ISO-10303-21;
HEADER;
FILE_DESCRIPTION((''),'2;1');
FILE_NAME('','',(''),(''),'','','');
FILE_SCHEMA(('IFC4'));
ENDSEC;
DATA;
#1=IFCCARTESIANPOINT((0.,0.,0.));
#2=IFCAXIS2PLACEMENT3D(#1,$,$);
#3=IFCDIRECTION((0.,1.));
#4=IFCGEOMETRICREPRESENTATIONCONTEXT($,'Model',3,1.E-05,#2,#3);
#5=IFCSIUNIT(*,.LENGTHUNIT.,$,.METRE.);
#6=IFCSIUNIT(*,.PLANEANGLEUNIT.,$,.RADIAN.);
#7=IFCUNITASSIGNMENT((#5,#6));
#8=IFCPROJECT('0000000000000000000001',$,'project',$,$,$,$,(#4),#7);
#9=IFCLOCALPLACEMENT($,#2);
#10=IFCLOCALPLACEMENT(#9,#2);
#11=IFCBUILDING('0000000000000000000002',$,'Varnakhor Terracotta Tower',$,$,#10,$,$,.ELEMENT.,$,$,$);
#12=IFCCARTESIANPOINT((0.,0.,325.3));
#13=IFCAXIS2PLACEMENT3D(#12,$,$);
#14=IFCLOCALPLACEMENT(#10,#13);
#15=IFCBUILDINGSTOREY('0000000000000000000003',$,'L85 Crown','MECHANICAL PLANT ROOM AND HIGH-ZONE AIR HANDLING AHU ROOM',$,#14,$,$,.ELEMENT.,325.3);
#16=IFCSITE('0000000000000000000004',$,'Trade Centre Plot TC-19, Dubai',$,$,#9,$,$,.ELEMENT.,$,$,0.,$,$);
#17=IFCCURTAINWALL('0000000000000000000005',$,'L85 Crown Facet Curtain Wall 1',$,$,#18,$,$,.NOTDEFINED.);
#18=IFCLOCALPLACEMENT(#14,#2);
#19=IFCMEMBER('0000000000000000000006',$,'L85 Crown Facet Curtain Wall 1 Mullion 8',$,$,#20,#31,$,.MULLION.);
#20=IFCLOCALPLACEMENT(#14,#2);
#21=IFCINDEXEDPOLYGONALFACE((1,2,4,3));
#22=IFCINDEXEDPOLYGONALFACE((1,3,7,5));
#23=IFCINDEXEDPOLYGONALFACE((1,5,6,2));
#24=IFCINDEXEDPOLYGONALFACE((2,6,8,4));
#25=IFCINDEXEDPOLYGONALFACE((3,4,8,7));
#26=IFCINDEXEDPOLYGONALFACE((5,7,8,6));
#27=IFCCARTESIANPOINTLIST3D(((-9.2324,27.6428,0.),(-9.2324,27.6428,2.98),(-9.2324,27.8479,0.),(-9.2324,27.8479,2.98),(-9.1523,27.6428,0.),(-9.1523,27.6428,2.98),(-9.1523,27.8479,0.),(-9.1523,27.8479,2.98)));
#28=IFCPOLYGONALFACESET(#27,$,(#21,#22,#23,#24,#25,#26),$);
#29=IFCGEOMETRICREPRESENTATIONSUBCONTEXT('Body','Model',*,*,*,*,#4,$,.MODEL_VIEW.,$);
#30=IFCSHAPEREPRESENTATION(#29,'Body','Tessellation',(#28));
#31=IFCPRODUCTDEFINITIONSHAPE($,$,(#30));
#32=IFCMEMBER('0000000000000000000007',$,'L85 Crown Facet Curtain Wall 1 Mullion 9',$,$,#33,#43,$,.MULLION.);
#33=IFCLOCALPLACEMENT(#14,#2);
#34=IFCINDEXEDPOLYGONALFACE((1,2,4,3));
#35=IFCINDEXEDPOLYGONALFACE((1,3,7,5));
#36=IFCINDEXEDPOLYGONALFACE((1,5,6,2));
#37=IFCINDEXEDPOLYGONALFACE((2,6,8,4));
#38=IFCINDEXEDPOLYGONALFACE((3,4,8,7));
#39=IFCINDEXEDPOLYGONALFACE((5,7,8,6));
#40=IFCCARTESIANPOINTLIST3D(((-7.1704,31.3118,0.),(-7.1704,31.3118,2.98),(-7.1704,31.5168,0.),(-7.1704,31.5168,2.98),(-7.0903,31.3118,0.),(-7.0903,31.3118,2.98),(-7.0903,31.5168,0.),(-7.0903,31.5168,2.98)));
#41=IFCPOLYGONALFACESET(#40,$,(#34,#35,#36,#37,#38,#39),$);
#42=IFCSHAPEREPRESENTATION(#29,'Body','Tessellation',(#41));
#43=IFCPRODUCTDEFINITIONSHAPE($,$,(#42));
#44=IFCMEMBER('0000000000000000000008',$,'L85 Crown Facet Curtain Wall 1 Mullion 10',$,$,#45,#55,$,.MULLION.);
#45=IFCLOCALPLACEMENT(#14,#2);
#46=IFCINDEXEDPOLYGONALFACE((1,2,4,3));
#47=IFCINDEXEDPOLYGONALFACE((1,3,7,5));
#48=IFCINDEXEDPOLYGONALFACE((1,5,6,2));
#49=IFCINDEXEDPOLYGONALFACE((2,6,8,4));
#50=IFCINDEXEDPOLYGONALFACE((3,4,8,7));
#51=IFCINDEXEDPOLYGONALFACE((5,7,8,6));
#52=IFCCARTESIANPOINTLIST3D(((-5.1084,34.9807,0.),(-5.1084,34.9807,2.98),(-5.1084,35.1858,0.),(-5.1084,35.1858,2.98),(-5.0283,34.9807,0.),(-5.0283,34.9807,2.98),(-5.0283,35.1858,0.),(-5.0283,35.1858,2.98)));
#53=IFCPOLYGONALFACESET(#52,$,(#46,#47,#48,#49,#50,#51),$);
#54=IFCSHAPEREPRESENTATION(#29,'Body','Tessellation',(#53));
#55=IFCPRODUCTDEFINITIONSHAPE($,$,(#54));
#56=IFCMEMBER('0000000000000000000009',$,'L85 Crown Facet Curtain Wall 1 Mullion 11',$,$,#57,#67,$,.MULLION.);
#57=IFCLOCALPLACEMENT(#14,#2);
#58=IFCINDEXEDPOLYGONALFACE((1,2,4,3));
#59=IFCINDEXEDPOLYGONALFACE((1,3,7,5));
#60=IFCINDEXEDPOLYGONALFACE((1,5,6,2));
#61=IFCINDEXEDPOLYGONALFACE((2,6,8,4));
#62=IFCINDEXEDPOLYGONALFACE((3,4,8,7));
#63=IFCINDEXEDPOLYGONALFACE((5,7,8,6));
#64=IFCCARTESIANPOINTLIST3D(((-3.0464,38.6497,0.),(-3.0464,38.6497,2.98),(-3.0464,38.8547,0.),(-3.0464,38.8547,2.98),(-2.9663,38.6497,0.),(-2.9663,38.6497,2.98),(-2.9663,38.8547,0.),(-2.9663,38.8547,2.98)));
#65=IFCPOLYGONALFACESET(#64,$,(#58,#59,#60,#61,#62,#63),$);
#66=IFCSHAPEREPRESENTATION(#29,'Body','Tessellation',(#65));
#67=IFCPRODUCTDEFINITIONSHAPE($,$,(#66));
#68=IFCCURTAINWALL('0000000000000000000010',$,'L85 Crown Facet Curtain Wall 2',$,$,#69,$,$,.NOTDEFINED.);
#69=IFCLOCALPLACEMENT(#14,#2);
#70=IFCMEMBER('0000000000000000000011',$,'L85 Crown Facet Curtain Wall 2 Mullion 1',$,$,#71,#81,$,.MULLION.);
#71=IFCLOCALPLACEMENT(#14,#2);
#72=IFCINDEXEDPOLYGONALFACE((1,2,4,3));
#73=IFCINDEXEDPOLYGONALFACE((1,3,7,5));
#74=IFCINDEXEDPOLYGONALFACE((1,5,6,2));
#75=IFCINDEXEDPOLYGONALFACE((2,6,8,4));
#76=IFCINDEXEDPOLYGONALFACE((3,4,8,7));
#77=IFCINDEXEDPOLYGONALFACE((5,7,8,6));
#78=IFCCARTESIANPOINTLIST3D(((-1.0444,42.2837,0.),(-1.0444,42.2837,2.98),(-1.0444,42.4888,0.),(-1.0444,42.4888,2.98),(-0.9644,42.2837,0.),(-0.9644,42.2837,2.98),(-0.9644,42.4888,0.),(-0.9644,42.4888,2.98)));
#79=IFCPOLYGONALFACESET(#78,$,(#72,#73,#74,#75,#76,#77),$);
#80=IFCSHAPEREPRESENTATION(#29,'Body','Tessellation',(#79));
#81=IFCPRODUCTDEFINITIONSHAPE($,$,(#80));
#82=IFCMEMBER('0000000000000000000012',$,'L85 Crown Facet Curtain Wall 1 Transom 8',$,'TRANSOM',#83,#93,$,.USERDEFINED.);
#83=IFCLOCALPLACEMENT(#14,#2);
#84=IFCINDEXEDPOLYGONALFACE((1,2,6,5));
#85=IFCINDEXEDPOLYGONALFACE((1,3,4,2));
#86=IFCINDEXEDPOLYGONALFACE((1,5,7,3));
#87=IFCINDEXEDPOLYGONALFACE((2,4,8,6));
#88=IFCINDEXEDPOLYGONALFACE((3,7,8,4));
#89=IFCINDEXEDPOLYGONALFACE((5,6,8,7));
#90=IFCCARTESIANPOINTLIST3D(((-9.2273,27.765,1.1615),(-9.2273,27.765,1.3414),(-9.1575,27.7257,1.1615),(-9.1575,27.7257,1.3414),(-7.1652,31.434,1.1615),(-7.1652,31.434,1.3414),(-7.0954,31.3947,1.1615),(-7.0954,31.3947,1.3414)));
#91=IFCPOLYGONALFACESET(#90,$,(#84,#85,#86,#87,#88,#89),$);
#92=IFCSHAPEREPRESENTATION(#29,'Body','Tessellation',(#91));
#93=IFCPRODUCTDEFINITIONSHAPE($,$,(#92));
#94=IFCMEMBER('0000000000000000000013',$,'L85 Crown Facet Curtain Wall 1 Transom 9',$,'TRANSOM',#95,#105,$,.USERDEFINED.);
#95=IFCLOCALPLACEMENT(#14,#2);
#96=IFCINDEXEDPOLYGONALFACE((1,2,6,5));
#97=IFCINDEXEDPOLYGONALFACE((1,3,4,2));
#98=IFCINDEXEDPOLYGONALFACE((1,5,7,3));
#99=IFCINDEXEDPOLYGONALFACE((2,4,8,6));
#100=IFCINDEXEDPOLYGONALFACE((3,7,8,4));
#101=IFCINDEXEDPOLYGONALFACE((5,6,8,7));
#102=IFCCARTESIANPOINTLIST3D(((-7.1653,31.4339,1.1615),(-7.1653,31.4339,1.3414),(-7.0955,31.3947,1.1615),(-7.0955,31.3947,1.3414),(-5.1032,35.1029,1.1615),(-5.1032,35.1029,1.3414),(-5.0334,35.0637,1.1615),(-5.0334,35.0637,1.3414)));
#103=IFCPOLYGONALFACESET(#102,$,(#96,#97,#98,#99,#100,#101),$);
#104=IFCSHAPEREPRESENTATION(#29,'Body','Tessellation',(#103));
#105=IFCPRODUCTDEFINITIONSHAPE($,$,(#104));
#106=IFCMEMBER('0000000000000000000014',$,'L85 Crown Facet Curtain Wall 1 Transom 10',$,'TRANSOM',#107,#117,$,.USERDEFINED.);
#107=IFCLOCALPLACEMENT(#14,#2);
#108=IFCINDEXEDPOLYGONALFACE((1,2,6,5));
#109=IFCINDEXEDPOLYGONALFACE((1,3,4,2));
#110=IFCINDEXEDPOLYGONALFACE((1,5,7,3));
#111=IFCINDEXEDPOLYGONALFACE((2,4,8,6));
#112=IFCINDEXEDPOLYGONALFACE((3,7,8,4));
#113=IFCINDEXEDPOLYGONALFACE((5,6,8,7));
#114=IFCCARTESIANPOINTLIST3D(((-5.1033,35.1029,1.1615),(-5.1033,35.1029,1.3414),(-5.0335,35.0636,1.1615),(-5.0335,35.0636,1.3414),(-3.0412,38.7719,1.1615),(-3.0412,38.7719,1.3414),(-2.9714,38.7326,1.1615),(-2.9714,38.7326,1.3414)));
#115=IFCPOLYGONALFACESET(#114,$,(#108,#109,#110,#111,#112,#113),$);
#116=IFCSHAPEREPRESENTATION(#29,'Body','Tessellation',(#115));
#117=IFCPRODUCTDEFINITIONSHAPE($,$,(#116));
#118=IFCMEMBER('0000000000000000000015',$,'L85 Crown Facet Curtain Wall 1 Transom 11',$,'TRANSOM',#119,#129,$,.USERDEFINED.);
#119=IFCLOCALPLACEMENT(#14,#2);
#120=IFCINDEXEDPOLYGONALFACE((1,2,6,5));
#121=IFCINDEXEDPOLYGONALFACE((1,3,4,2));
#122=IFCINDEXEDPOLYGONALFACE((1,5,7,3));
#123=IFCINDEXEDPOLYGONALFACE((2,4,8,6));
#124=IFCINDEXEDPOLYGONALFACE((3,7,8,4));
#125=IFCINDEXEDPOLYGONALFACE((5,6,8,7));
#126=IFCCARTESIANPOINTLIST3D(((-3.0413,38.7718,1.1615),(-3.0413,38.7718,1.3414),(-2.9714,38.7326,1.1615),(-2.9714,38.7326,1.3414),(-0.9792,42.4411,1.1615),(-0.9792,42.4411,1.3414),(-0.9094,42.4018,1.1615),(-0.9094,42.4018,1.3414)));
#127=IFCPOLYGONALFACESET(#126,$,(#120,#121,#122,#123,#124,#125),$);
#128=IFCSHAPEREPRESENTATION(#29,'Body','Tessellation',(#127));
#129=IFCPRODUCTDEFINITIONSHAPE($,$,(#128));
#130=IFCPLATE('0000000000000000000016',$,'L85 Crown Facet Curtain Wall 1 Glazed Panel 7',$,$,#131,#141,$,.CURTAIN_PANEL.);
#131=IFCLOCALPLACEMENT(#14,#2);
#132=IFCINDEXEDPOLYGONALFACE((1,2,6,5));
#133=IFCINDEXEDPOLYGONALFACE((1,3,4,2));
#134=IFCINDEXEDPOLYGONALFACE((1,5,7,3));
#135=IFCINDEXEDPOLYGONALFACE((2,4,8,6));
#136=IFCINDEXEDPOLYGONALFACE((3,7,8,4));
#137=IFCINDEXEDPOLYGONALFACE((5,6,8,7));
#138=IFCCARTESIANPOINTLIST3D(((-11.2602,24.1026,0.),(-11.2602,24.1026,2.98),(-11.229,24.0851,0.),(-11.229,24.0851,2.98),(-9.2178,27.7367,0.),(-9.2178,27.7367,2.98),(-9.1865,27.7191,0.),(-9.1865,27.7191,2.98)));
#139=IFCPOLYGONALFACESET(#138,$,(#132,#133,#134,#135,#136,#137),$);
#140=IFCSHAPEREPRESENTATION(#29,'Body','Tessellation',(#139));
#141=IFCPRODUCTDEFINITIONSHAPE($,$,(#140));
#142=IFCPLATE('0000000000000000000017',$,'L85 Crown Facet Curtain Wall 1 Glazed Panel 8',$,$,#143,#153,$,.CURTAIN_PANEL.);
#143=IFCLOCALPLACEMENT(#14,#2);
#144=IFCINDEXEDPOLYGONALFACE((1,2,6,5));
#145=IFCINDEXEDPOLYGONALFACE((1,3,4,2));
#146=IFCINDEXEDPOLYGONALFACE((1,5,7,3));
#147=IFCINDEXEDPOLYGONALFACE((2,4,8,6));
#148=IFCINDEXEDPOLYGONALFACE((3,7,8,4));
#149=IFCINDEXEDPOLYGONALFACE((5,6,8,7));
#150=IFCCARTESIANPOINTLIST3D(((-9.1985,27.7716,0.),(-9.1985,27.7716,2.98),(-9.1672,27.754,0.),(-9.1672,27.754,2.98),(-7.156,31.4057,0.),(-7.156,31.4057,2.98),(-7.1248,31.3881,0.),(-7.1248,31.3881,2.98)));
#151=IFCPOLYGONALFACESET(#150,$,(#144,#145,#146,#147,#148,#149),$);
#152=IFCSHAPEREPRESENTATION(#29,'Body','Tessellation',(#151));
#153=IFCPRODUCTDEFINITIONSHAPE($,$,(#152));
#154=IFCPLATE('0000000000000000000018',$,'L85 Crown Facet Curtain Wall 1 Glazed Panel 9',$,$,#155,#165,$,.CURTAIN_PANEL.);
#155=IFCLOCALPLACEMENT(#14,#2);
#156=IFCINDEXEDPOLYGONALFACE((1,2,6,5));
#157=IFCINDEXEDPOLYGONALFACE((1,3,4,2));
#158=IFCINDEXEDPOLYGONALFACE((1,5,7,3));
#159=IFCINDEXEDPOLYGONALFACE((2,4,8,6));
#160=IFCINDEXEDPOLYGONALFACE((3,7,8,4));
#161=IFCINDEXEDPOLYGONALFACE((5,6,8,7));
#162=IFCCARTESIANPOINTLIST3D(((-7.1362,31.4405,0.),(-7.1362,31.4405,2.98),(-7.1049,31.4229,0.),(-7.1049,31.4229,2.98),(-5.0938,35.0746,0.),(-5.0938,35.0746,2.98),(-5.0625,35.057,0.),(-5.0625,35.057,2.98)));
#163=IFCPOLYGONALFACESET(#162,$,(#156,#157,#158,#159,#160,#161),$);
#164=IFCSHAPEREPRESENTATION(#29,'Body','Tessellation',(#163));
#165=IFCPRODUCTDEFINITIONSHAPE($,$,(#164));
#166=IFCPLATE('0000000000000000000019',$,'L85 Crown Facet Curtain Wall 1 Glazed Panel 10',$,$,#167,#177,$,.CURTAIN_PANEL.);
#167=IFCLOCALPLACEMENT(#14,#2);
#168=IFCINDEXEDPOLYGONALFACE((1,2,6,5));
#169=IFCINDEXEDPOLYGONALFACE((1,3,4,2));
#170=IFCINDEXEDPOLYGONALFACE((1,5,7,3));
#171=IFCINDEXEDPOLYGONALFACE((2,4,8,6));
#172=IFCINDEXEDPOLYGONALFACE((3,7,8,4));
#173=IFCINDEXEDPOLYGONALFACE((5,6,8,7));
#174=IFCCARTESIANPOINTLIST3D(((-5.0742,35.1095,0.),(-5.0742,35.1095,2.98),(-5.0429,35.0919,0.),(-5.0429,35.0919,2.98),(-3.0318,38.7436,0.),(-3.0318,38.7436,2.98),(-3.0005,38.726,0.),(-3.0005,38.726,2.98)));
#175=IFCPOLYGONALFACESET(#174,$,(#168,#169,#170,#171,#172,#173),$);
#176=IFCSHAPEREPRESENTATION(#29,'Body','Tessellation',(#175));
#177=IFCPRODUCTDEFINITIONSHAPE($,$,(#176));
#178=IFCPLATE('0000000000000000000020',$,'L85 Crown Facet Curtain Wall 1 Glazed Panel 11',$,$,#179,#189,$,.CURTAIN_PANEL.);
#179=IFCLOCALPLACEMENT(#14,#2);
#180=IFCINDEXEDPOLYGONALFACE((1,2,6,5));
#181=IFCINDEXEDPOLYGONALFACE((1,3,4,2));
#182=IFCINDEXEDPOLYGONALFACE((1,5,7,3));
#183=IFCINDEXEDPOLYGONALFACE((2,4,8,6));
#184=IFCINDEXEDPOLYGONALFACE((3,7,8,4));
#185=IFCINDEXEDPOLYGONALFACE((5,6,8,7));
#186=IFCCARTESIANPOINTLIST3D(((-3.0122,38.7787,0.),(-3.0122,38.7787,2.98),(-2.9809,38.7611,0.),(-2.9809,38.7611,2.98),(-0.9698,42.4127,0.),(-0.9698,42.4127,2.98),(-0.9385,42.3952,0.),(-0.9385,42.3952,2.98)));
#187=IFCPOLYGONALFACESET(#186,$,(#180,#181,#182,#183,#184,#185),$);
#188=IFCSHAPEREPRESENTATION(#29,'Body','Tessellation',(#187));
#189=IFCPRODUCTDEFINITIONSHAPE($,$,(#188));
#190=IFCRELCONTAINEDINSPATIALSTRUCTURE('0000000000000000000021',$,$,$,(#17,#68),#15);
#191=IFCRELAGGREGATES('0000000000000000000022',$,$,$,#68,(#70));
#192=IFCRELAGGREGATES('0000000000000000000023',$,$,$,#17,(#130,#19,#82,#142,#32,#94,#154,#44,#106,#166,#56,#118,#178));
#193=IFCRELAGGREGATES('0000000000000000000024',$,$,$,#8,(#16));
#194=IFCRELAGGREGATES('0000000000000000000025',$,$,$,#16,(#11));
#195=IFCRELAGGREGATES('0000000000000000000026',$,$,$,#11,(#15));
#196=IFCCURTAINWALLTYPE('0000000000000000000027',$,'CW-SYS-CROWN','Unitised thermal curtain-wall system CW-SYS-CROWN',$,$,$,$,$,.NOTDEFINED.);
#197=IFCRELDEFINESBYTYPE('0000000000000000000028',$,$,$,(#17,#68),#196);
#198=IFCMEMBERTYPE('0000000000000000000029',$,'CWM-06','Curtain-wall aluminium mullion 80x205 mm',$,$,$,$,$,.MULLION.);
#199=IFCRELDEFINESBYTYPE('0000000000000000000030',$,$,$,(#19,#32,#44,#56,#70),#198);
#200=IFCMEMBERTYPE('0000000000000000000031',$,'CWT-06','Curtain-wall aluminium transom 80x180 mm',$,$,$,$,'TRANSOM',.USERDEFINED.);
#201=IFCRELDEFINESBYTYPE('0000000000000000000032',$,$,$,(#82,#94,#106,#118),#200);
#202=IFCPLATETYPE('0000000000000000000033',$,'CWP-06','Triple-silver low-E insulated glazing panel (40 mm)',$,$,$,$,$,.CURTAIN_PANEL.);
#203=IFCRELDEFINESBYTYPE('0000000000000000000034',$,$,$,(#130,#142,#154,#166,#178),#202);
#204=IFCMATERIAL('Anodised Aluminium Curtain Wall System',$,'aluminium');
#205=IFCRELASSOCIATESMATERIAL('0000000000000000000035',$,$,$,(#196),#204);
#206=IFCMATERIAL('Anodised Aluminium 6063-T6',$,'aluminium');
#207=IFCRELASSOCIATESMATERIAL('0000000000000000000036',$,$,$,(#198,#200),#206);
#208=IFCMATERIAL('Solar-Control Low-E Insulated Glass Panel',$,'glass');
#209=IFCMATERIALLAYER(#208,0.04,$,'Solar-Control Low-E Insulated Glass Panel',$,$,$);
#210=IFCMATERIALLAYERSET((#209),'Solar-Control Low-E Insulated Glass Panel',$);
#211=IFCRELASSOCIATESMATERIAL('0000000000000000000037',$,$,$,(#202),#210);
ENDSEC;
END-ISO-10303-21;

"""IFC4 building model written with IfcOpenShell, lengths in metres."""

from ifc_helpers import new_model, si_unit, direction, frame, origin, origin_2d, place, context, subcontext, project, spatial, rectangle, extrude, source, transform, mapped, material, layer, layer_set, material_profile, profile_set, type_object, type_shapes, element, aggregate, save


model = new_model("IFC4")

# Units and contexts
model_context = context("Model", 3, precision=1e-05, world=origin(), true_north=direction((0.0, 1.0)))
body_context = subcontext(model_context, "Body", "Model", "MODEL_VIEW")
ifc_project = project(units=[si_unit("LENGTHUNIT", "METRE"), si_unit("PLANEANGLEUNIT", "RADIAN")], contexts=[model_context])

# Site, building, storey
site_placement = place(None, origin())
site = spatial("IfcSite", under=ifc_project, at=site_placement, Name="Trade Centre Plot TC-19, Dubai", CompositionType="ELEMENT", RefElevation=0.0)
building_placement = place(site_placement, origin())
building = spatial("IfcBuilding", under=site, at=building_placement, Name="Varnakhor Terracotta Tower", CompositionType="ELEMENT")
storey_placement = place(building_placement, frame((0.0, 0.0, 325.3)))
storey = spatial("IfcBuildingStorey", under=building, at=storey_placement, Name="L85 Crown", Description="MECHANICAL PLANT ROOM AND HIGH-ZONE AIR HANDLING AHU ROOM", CompositionType="ELEMENT", Elevation=325.3)

# Curtain wall, members
ifc_material_1 = material(Name="Anodised Aluminium Curtain Wall System", Category="aluminium")
curtain_wall_type = type_object("IfcCurtainWallType", Name="CW-SYS-CROWN", Description="Unitised thermal curtain-wall system CW-SYS-CROWN", PredefinedType="NOTDEFINED", material=ifc_material_1)
curtain_wall_1_placement = place(storey_placement, origin())
curtain_wall_1 = element("IfcCurtainWall", 1, at=curtain_wall_1_placement, inside=storey, type_object=curtain_wall_type, Name="L85 Crown Facet Curtain Wall 1", PredefinedType="NOTDEFINED")
ifc_material_2 = material(Name="Anodised Aluminium 6063-T6", Category="aluminium")
ifc_material_profile_1 = material_profile(ifc_material_2, rectangle(XDim=0.0801, YDim=0.2051, at=origin_2d()), Name="ALU MULLION 80x205")
ifc_profile_set_1 = profile_set([ifc_material_profile_1], Name="Anodised Aluminium 6063-T6")
member_type_1 = type_object("IfcMemberType", Name="CWM-06", Description="Curtain-wall aluminium mullion 80x205 mm", PredefinedType="MULLION", material=ifc_profile_set_1)
shared_shape_1 = source(origin(), body_context, "Body", "SweptSolid", [
    extrude(rectangle(XDim=0.0801, YDim=0.2051, at=origin_2d()), origin(), (0.0, 0.0, 1.0), 2.98),
])
type_shapes(member_type_1, [shared_shape_1])
member_1_placement = place(storey_placement, frame((-9.1924, 27.7454, 0.0), z_axis=(0.0, 0.0, 1.0), x_axis=(1.0, 0.0, 0.0)))
member_1 = element("IfcMember", 2, at=member_1_placement, type_object=member_type_1, Name="L85 Crown Facet Curtain Wall 1 Mullion 8", PredefinedType="MULLION", context=body_context, shape_type="MappedRepresentation", body=[
    mapped(shared_shape_1, transform((0.0, 0.0, 0.0), scale=1.0)),
])
member_2_placement = place(storey_placement, frame((-7.1304, 31.4143, 0.0), z_axis=(0.0, 0.0, 1.0), x_axis=(1.0, 0.0, 0.0)))
member_2 = element("IfcMember", 3, at=member_2_placement, type_object=member_type_1, Name="L85 Crown Facet Curtain Wall 1 Mullion 9", PredefinedType="MULLION", context=body_context, shape_type="MappedRepresentation", body=[
    mapped(shared_shape_1, transform((0.0, 0.0, 0.0), scale=1.0)),
])
member_3_placement = place(storey_placement, frame((-5.0684, 35.0833, 0.0), z_axis=(0.0, 0.0, 1.0), x_axis=(1.0, 0.0, 0.0)))
member_3 = element("IfcMember", 4, at=member_3_placement, type_object=member_type_1, Name="L85 Crown Facet Curtain Wall 1 Mullion 10", PredefinedType="MULLION", context=body_context, shape_type="MappedRepresentation", body=[
    mapped(shared_shape_1, transform((0.0, 0.0, 0.0), scale=1.0)),
])
member_4_placement = place(storey_placement, frame((-3.0063, 38.7522, 0.0), z_axis=(0.0, 0.0, 1.0), x_axis=(1.0, 0.0, 0.0)))
member_4 = element("IfcMember", 5, at=member_4_placement, type_object=member_type_1, Name="L85 Crown Facet Curtain Wall 1 Mullion 11", PredefinedType="MULLION", context=body_context, shape_type="MappedRepresentation", body=[
    mapped(shared_shape_1, transform((0.0, 0.0, 0.0), scale=1.0)),
])

# Curtain wall, member
curtain_wall_2_placement = place(storey_placement, origin())
curtain_wall_2 = element("IfcCurtainWall", 6, at=curtain_wall_2_placement, inside=storey, type_object=curtain_wall_type, Name="L85 Crown Facet Curtain Wall 2", PredefinedType="NOTDEFINED")
member_5_placement = place(storey_placement, frame((-1.0044, 42.3862, 0.0), z_axis=(0.0, 0.0, 1.0), x_axis=(1.0, 0.0, 0.0)))
member_5 = element("IfcMember", 7, at=member_5_placement, type_object=member_type_1, Name="L85 Crown Facet Curtain Wall 2 Mullion 1", PredefinedType="MULLION", context=body_context, shape_type="MappedRepresentation", body=[
    mapped(shared_shape_1, transform((0.0, 0.0, 0.0), scale=1.0)),
])
aggregate(curtain_wall_2, [member_5])

# Members
ifc_material_profile_2 = material_profile(ifc_material_2, rectangle(XDim=0.0801, YDim=0.1799, at=origin_2d()), Name="ALU TRANSOM 80x180")
ifc_profile_set_2 = profile_set([ifc_material_profile_2], Name="Anodised Aluminium 6063-T6")
member_type_2 = type_object("IfcMemberType", Name="CWT-06", Description="Curtain-wall aluminium transom 80x180 mm", ElementType="TRANSOM", PredefinedType="USERDEFINED", material=ifc_profile_set_2)
shared_shape_2 = source(origin(), body_context, "Body", "SweptSolid", [
    extrude(rectangle(XDim=0.0801, YDim=0.1799, at=origin_2d()), origin(), (0.0, 0.0, 1.0), 4.2087),
])
member_6_placement = place(storey_placement, frame((-9.1924, 27.7454, 1.2515), z_axis=(0.489942, 0.871755, 0.0), x_axis=(-0.871755, 0.489942, 0.0)))
member_6 = element("IfcMember", 8, at=member_6_placement, type_object=member_type_2, Name="L85 Crown Facet Curtain Wall 1 Transom 8", ObjectType="TRANSOM", PredefinedType="USERDEFINED", context=body_context, shape_type="MappedRepresentation", body=[
    mapped(shared_shape_2, transform((0.0, 0.0, 0.0), scale=1.0)),
])
member_7_placement = place(storey_placement, frame((-7.1304, 31.4143, 1.2515), z_axis=(0.489942, 0.871755, 0.0), x_axis=(-0.871755, 0.489942, 0.0)))
member_7 = element("IfcMember", 9, at=member_7_placement, type_object=member_type_2, Name="L85 Crown Facet Curtain Wall 1 Transom 9", ObjectType="TRANSOM", PredefinedType="USERDEFINED", context=body_context, shape_type="MappedRepresentation", body=[
    mapped(shared_shape_2, transform((0.0, 0.0, 0.0), scale=1.0)),
])
member_8_placement = place(storey_placement, frame((-5.0684, 35.0833, 1.2515), z_axis=(0.489942, 0.871755, 0.0), x_axis=(-0.871755, 0.489942, 0.0)))
member_8 = element("IfcMember", 10, at=member_8_placement, type_object=member_type_2, Name="L85 Crown Facet Curtain Wall 1 Transom 10", ObjectType="TRANSOM", PredefinedType="USERDEFINED", context=body_context, shape_type="MappedRepresentation", body=[
    mapped(shared_shape_2, transform((0.0, 0.0, 0.0), scale=1.0)),
])
shared_shape_3 = source(origin(), body_context, "Body", "SweptSolid", [
    extrude(rectangle(XDim=0.0801, YDim=0.1799, at=origin_2d()), origin(), (0.0, 0.0, 1.0), 4.209),
])
member_9_placement = place(storey_placement, frame((-3.0063, 38.7522, 1.2515), z_axis=(0.489917, 0.871769, 0.0), x_axis=(-0.871769, 0.489917, 0.0)))
member_9 = element("IfcMember", 11, at=member_9_placement, type_object=member_type_2, Name="L85 Crown Facet Curtain Wall 1 Transom 11", ObjectType="TRANSOM", PredefinedType="USERDEFINED", context=body_context, shape_type="MappedRepresentation", body=[
    mapped(shared_shape_3, transform((0.0, 0.0, 0.0), scale=1.0)),
])

# Plates
ifc_material_3 = material(Name="Solar-Control Low-E Insulated Glass Panel", Category="glass")
ifc_layer = layer(ifc_material_3, 0.04, Name="Solar-Control Low-E Insulated Glass Panel")
ifc_layer_set = layer_set([ifc_layer], Name="Solar-Control Low-E Insulated Glass Panel")
plate_type = type_object("IfcPlateType", Name="CWP-06", Description="Triple-silver low-E insulated glazing panel (40 mm)", PredefinedType="CURTAIN_PANEL", material=ifc_layer_set)
shared_shape_4 = source(origin(), body_context, "Body", "SweptSolid", [
    extrude(rectangle(XDim=4.1687, YDim=0.0359, at=origin_2d()), origin(), (0.0, 0.0, 1.0), 2.98),
])
plate_1_placement = place(storey_placement, frame((-10.2234, 25.9109, 0.0), z_axis=(0.0, 0.0, 1.0), x_axis=(0.489946, 0.871753, 0.0)))
plate_1 = element("IfcPlate", 12, at=plate_1_placement, type_object=plate_type, Name="L85 Crown Facet Curtain Wall 1 Glazed Panel 7", PredefinedType="CURTAIN_PANEL", context=body_context, shape_type="MappedRepresentation", body=[
    mapped(shared_shape_4, transform((0.0, 0.0, 0.0), scale=1.0)),
])
plate_2_placement = place(storey_placement, frame((-8.1616, 29.5798, 0.0), z_axis=(0.0, 0.0, 1.0), x_axis=(0.489946, 0.871753, 0.0)))
plate_2 = element("IfcPlate", 13, at=plate_2_placement, type_object=plate_type, Name="L85 Crown Facet Curtain Wall 1 Glazed Panel 8", PredefinedType="CURTAIN_PANEL", context=body_context, shape_type="MappedRepresentation", body=[
    mapped(shared_shape_4, transform((0.0, 0.0, 0.0), scale=1.0)),
])
plate_3_placement = place(storey_placement, frame((-6.0994, 33.2488, 0.0), z_axis=(0.0, 0.0, 1.0), x_axis=(0.489946, 0.871753, 0.0)))
plate_3 = element("IfcPlate", 14, at=plate_3_placement, type_object=plate_type, Name="L85 Crown Facet Curtain Wall 1 Glazed Panel 9", PredefinedType="CURTAIN_PANEL", context=body_context, shape_type="MappedRepresentation", body=[
    mapped(shared_shape_4, transform((0.0, 0.0, 0.0), scale=1.0)),
])
plate_4_placement = place(storey_placement, frame((-4.0374, 36.9177, 0.0), z_axis=(0.0, 0.0, 1.0), x_axis=(0.489946, 0.871753, 0.0)))
plate_4 = element("IfcPlate", 15, at=plate_4_placement, type_object=plate_type, Name="L85 Crown Facet Curtain Wall 1 Glazed Panel 10", PredefinedType="CURTAIN_PANEL", context=body_context, shape_type="MappedRepresentation", body=[
    mapped(shared_shape_4, transform((0.0, 0.0, 0.0), scale=1.0)),
])
plate_5_placement = place(storey_placement, frame((-1.9753, 40.5869, 0.0), z_axis=(0.0, 0.0, 1.0), x_axis=(0.489946, 0.871753, 0.0)))
plate_5 = element("IfcPlate", 16, at=plate_5_placement, type_object=plate_type, Name="L85 Crown Facet Curtain Wall 1 Glazed Panel 11", PredefinedType="CURTAIN_PANEL", context=body_context, shape_type="MappedRepresentation", body=[
    mapped(shared_shape_4, transform((0.0, 0.0, 0.0), scale=1.0)),
])
aggregate(curtain_wall_1, [plate_1, member_1, member_6, plate_2, member_2, member_7, plate_3, member_3, member_8, plate_4, member_4, member_9, plate_5])

save(model, "model.ifc")
